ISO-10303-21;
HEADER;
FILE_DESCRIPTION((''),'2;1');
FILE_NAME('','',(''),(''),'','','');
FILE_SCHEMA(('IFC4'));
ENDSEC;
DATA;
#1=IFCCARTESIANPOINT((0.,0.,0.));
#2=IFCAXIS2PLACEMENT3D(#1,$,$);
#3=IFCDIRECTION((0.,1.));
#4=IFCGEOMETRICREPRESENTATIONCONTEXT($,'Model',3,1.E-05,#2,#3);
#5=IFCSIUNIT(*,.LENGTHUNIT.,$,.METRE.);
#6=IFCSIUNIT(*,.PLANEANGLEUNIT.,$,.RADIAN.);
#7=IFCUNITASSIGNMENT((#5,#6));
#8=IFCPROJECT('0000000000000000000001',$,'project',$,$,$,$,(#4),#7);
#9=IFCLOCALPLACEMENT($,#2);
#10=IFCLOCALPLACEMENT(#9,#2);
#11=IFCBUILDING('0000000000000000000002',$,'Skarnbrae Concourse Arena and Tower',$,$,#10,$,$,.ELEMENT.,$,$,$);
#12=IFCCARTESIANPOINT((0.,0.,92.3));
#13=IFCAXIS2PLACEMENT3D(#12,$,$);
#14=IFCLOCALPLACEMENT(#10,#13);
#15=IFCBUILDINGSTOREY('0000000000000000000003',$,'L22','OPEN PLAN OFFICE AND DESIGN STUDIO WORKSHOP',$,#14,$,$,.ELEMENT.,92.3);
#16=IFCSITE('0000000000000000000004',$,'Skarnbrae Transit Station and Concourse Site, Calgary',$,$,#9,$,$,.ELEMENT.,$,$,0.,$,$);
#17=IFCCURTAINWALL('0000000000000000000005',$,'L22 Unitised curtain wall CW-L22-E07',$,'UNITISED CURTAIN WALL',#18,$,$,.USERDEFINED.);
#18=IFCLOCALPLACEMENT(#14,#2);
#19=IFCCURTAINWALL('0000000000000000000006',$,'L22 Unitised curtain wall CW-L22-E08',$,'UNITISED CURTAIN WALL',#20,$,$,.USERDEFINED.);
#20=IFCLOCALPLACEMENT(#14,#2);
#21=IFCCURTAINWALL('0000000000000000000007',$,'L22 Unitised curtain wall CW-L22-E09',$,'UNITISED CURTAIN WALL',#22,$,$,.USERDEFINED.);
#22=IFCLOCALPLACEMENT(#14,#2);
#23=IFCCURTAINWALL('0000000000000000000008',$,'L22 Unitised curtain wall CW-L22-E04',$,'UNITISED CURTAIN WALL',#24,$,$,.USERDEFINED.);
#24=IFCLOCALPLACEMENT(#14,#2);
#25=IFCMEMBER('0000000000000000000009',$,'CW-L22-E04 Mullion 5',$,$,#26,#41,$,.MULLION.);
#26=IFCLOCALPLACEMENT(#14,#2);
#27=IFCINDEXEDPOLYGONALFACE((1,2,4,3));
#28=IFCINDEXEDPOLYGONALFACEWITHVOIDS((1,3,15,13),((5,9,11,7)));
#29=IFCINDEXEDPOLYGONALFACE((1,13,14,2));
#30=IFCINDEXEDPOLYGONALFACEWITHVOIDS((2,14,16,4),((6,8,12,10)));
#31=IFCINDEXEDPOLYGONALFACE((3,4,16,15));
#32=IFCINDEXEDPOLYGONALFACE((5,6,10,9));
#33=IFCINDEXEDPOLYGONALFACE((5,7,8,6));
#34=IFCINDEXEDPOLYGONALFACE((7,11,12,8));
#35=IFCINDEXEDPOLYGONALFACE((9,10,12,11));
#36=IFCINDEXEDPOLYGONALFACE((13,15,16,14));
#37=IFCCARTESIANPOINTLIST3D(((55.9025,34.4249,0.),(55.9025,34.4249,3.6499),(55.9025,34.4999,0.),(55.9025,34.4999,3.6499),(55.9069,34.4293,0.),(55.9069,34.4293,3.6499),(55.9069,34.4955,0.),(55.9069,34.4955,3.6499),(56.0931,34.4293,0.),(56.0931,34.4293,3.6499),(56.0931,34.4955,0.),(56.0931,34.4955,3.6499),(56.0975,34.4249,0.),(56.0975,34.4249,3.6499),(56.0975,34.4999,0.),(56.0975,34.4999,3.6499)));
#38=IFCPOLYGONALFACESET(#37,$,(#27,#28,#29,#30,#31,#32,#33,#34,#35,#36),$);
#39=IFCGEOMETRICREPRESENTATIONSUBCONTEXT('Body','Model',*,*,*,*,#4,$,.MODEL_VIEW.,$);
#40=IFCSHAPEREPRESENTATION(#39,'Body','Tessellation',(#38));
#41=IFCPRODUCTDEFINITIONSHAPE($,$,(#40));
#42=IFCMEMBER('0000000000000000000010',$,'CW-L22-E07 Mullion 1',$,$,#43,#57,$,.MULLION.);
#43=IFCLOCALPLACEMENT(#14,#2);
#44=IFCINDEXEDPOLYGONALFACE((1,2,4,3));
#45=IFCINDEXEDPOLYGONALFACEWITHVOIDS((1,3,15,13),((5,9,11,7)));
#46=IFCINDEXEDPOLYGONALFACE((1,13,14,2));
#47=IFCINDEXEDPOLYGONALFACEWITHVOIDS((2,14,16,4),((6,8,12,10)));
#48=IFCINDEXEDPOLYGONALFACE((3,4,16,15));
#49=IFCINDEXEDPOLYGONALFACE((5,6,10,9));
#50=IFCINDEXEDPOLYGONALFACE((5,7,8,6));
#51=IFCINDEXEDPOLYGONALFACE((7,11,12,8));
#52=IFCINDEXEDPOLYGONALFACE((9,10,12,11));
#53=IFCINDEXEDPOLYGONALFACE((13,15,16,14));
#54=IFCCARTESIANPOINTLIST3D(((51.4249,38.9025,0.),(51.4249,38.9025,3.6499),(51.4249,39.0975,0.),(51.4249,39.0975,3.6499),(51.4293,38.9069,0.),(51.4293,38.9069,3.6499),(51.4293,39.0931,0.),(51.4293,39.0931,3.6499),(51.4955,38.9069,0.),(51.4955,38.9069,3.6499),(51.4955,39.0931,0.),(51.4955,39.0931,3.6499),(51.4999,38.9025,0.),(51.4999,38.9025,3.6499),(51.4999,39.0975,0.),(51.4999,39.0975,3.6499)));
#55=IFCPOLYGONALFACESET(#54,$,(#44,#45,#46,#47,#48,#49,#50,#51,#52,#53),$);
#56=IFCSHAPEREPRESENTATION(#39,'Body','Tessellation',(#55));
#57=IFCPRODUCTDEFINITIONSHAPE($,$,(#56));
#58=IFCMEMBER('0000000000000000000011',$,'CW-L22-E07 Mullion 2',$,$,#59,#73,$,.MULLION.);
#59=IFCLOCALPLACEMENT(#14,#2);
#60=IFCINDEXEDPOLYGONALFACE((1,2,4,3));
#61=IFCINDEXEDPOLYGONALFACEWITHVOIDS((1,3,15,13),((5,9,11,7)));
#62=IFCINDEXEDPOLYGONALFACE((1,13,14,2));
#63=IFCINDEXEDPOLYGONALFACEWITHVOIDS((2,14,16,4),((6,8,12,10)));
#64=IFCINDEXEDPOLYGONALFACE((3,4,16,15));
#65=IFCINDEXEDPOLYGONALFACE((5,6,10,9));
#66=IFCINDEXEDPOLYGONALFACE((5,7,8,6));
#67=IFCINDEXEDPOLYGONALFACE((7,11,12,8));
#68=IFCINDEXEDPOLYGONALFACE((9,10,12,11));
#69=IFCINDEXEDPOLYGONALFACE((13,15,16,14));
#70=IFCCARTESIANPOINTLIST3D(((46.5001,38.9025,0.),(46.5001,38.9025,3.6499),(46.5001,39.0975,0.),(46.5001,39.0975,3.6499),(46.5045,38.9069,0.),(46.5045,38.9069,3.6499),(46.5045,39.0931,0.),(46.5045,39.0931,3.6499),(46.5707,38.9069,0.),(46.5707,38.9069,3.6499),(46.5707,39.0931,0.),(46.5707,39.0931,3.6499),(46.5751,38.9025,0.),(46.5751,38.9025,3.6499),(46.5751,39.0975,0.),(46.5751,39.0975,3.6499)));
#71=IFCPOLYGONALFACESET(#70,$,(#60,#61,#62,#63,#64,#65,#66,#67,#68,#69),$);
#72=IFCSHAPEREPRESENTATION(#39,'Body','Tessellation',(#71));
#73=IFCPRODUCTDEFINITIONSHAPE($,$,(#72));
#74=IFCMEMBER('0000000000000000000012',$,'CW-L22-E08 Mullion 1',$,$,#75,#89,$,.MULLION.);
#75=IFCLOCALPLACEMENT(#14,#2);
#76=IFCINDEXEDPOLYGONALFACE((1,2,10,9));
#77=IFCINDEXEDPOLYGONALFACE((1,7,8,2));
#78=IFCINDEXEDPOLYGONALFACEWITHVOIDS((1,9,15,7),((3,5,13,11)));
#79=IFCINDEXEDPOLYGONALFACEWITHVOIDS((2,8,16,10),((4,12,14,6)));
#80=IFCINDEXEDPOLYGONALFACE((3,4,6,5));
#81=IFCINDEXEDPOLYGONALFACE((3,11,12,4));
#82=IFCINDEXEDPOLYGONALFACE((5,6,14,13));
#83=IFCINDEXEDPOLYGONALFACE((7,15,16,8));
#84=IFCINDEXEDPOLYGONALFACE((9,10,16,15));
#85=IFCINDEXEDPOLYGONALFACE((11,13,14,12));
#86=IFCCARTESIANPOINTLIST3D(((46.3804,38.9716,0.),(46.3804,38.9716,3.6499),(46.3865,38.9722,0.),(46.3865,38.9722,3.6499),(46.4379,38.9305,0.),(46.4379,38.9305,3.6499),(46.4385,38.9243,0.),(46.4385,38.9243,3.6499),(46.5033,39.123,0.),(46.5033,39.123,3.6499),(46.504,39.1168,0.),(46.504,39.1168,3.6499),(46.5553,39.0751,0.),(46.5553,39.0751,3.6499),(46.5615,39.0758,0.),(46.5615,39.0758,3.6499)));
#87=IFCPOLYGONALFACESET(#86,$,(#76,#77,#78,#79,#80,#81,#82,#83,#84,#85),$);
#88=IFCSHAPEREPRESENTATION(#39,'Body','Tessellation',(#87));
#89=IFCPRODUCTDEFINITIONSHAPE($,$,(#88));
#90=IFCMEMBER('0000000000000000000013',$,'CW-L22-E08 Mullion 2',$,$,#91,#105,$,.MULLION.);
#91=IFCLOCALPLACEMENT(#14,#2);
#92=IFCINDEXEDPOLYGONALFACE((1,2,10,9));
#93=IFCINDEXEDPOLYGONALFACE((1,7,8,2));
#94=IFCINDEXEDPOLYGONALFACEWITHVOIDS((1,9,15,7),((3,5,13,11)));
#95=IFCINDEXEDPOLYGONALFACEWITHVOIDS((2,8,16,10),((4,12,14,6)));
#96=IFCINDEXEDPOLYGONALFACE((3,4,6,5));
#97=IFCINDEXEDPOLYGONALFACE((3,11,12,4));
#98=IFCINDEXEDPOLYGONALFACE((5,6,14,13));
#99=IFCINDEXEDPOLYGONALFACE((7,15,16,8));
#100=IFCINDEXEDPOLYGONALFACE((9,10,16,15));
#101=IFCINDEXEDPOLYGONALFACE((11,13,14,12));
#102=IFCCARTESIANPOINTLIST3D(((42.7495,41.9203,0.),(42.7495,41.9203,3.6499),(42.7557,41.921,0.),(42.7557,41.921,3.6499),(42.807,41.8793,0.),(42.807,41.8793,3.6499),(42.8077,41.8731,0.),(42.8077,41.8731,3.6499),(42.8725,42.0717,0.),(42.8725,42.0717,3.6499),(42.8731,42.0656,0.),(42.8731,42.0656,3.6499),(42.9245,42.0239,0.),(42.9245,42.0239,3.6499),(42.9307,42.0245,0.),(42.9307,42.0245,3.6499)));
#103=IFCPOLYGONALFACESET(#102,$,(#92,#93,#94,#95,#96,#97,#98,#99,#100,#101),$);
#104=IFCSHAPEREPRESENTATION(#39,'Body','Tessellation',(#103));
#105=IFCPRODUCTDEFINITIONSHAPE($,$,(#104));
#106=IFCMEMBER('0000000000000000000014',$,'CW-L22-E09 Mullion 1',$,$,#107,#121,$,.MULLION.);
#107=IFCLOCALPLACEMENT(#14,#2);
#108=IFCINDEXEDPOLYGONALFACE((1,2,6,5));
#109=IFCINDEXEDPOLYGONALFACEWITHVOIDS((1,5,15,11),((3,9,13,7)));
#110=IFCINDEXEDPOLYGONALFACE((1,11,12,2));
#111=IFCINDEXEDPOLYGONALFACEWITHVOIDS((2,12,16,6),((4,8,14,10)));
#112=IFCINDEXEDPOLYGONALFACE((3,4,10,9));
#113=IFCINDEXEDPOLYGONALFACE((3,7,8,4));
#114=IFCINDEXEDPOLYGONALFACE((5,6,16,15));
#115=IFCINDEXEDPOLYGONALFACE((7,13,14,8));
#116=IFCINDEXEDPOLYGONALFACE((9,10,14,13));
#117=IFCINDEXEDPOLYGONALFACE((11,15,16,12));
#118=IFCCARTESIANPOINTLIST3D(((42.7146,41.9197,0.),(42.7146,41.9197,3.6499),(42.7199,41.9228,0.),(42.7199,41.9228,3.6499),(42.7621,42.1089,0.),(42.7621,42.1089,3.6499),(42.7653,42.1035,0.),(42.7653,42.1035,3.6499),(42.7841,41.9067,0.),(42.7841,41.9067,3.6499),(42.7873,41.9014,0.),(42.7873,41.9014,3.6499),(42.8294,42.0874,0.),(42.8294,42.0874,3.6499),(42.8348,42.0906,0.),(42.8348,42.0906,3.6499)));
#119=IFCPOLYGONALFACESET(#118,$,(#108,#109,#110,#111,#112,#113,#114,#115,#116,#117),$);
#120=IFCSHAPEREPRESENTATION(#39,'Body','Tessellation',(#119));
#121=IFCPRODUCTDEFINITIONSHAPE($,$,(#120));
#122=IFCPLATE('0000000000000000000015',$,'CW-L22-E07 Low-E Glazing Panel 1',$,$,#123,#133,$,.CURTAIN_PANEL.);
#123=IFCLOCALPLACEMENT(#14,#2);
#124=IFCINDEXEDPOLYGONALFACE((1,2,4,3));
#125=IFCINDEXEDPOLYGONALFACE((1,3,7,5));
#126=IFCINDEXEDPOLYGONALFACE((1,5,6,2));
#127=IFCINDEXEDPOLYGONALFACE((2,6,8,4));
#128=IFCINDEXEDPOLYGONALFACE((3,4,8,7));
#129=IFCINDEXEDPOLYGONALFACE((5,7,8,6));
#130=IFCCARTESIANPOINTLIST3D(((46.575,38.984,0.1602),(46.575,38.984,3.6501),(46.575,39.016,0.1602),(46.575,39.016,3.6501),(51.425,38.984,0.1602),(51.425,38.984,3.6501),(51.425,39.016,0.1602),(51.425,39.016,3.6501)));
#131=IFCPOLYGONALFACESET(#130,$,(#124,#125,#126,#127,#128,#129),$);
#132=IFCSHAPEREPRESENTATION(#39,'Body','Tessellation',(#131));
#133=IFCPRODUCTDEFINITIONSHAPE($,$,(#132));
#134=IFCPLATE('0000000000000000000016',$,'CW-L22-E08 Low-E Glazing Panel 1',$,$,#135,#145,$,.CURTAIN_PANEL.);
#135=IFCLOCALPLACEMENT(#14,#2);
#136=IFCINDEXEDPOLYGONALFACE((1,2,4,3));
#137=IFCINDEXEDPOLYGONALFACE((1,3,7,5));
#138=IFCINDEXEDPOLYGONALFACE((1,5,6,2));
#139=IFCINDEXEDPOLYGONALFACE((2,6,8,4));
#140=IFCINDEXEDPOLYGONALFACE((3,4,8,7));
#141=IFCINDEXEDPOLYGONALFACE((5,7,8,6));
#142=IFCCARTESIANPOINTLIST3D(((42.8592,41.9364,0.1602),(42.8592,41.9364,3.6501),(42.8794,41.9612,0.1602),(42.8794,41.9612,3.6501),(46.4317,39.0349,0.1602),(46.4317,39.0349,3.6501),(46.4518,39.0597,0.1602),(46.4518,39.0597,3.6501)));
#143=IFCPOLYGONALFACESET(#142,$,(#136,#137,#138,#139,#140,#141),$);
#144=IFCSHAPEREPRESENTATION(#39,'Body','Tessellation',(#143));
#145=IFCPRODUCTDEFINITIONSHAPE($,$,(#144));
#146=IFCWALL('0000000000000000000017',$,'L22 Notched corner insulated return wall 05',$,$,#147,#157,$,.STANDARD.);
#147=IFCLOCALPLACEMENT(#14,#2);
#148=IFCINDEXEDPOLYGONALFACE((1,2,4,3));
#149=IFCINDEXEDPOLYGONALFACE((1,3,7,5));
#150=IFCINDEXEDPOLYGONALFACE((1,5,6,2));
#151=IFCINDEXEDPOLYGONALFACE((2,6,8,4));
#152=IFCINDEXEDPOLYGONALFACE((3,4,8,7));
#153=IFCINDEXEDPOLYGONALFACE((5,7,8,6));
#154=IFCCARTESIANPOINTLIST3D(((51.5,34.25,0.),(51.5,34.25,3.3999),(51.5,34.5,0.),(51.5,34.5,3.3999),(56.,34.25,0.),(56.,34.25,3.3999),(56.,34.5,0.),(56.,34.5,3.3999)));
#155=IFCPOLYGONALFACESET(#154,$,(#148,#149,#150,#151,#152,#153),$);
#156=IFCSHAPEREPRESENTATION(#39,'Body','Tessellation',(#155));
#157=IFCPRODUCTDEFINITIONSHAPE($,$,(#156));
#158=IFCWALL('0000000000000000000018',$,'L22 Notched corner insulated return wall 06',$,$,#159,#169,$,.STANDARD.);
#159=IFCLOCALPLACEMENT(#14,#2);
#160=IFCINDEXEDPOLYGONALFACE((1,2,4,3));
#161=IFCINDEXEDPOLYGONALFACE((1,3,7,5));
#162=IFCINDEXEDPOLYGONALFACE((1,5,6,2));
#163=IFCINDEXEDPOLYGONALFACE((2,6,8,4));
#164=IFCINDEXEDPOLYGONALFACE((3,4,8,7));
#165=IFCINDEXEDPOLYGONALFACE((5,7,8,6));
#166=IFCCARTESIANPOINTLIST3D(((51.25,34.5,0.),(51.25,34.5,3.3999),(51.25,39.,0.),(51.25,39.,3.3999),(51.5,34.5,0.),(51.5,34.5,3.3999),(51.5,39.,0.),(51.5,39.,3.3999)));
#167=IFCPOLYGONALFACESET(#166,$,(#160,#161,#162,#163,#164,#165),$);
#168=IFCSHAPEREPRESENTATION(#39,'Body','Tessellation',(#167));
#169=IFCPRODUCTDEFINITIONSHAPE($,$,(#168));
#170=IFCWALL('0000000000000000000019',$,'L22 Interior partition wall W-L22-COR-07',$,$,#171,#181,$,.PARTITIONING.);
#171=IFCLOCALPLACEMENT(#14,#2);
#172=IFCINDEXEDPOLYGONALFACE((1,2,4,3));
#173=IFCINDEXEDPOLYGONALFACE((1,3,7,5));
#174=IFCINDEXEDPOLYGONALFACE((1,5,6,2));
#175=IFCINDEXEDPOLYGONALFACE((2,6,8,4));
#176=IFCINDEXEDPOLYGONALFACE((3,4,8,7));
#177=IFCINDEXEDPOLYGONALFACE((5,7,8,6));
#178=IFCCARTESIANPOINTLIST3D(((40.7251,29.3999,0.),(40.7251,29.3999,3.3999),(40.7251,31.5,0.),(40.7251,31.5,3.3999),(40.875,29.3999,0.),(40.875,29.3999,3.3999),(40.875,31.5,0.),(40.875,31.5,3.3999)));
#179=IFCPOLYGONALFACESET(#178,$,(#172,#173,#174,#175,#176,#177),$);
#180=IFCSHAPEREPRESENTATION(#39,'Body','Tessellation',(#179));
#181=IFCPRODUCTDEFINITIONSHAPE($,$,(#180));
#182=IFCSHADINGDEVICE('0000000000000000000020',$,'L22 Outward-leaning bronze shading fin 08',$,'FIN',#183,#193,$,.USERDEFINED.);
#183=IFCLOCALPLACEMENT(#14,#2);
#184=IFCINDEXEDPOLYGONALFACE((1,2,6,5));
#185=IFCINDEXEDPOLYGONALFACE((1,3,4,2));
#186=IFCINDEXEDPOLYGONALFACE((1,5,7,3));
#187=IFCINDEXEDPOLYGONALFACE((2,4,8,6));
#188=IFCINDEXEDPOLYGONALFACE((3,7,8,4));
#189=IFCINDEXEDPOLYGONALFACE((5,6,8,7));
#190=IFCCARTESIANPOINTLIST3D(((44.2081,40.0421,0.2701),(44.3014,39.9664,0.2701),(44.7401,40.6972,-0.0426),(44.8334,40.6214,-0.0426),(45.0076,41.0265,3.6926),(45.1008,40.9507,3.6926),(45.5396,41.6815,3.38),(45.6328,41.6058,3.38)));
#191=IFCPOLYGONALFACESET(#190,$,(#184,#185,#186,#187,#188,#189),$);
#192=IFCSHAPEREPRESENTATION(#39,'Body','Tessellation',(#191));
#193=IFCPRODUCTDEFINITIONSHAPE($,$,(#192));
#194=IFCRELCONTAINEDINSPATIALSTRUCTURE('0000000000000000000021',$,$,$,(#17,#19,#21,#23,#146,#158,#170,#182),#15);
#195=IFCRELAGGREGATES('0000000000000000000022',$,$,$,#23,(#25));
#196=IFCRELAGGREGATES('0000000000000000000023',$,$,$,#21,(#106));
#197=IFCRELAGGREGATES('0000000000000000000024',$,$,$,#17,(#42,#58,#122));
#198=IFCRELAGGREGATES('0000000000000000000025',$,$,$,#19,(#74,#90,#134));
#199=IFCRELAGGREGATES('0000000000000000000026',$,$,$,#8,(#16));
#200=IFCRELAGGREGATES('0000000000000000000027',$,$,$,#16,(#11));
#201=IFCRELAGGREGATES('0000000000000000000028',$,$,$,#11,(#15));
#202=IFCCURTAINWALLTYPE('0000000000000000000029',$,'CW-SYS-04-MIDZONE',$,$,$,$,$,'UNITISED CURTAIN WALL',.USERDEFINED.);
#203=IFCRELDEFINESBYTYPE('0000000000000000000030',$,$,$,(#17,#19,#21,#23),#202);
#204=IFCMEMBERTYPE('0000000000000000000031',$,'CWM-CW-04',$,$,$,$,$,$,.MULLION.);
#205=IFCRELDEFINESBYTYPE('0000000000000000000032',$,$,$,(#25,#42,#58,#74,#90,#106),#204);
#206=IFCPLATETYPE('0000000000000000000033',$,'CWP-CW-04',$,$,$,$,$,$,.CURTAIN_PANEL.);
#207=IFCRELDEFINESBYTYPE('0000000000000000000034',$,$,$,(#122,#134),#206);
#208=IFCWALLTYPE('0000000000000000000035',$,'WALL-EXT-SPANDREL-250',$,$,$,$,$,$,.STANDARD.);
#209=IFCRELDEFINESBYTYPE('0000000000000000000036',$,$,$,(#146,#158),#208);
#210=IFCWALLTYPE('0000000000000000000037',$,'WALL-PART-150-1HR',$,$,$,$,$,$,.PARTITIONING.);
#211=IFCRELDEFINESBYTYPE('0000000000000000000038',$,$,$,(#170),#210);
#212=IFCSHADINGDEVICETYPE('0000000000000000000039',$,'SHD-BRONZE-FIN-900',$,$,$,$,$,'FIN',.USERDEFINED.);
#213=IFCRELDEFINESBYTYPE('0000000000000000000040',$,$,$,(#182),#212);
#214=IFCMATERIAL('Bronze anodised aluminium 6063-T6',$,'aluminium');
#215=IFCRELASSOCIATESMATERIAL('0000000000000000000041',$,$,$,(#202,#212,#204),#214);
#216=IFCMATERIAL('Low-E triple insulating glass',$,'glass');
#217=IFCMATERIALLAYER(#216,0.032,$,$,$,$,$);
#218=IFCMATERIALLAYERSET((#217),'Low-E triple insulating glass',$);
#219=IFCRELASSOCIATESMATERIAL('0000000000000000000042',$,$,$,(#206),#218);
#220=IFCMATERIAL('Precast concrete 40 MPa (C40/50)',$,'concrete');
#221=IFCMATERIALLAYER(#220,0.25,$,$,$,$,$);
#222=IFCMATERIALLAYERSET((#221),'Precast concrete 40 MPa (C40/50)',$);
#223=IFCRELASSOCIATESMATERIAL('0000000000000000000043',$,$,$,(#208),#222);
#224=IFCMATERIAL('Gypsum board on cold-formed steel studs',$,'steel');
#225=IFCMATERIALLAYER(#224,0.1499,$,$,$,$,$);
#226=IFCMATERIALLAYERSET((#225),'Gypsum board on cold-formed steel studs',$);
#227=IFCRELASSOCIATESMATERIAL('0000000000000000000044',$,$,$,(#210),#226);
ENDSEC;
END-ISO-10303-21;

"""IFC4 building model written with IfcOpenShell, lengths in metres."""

from ifc_helpers import new_model, si_unit, direction, frame, frame_2d, origin, origin_2d, place, context, subcontext, project, spatial, rectangle, hollow_rectangle, extrude, source, transform, mapped, material, layer, layer_set, material_profile, profile_set, type_object, element, aggregate, save


model = new_model("IFC4")

# Units and contexts
model_context = context("Model", 3, precision=1e-05, world=origin(), true_north=direction((0.0, 1.0)))
body_context = subcontext(model_context, "Body", "Model", "MODEL_VIEW")
ifc_project = project(units=[si_unit("LENGTHUNIT", "METRE"), si_unit("PLANEANGLEUNIT", "RADIAN")], contexts=[model_context])

# Site, building, storey
site_placement = place(None, origin())
site = spatial("IfcSite", under=ifc_project, at=site_placement, Name="Skarnbrae Transit Station and Concourse Site, Calgary", CompositionType="ELEMENT", RefElevation=0.0)
building_placement = place(site_placement, origin())
building = spatial("IfcBuilding", under=site, at=building_placement, Name="Skarnbrae Concourse Arena and Tower", CompositionType="ELEMENT")
storey_placement = place(building_placement, frame((0.0, 0.0, 92.3)))
storey = spatial("IfcBuildingStorey", under=building, at=storey_placement, Name="L22", Description="OPEN PLAN OFFICE AND DESIGN STUDIO WORKSHOP", CompositionType="ELEMENT", Elevation=92.3)

# Curtain walls, member
ifc_material_1 = material(Name="Bronze anodised aluminium 6063-T6", Category="aluminium")
curtain_wall_type = type_object("IfcCurtainWallType", Name="CW-SYS-04-MIDZONE", ElementType="UNITISED CURTAIN WALL", PredefinedType="USERDEFINED", material=ifc_material_1)
curtain_wall_1_placement = place(storey_placement, origin())
curtain_wall_1 = element("IfcCurtainWall", 1, at=curtain_wall_1_placement, inside=storey, type_object=curtain_wall_type, Name="L22 Unitised curtain wall CW-L22-E07", ObjectType="UNITISED CURTAIN WALL", PredefinedType="USERDEFINED")
curtain_wall_2_placement = place(storey_placement, origin())
curtain_wall_2 = element("IfcCurtainWall", 2, at=curtain_wall_2_placement, inside=storey, type_object=curtain_wall_type, Name="L22 Unitised curtain wall CW-L22-E08", ObjectType="UNITISED CURTAIN WALL", PredefinedType="USERDEFINED")
curtain_wall_3_placement = place(storey_placement, origin())
curtain_wall_3 = element("IfcCurtainWall", 3, at=curtain_wall_3_placement, inside=storey, type_object=curtain_wall_type, Name="L22 Unitised curtain wall CW-L22-E09", ObjectType="UNITISED CURTAIN WALL", PredefinedType="USERDEFINED")
curtain_wall_4_placement = place(storey_placement, origin())
curtain_wall_4 = element("IfcCurtainWall", 4, at=curtain_wall_4_placement, inside=storey, type_object=curtain_wall_type, Name="L22 Unitised curtain wall CW-L22-E04", ObjectType="UNITISED CURTAIN WALL", PredefinedType="USERDEFINED")
ifc_material_profile_1 = material_profile(ifc_material_1, hollow_rectangle(XDim=0.075, YDim=0.1951, WallThickness=0.0044, at=origin_2d()), Name="ALU-MULL-75X195")
ifc_profile_set_1 = profile_set([ifc_material_profile_1], Name="Bronze anodised aluminium 6063-T6")
member_type_1 = type_object("IfcMemberType", Name="CWM-CW-04", PredefinedType="MULLION", material=ifc_profile_set_1)
shared_shape_1 = source(origin(), body_context, "Body", "SweptSolid", [
    extrude(hollow_rectangle(XDim=0.075, YDim=0.1951, WallThickness=0.0044, at=origin_2d()), origin(), (0.0, 0.0, 1.0), 3.6499),
])
member_1_placement = place(storey_placement, frame((56.0, 34.4624, 0.0), z_axis=(0.0, 0.0, 1.0), x_axis=(0.0, 1.0, 0.0)))
member_1 = element("IfcMember", 5, at=member_1_placement, type_object=member_type_1, Name="CW-L22-E04 Mullion 5", PredefinedType="MULLION", context=body_context, shape_type="MappedRepresentation", body=[
    mapped(shared_shape_1, transform((0.0, 0.0, 0.0))),
])
aggregate(curtain_wall_4, [member_1])

# Members
member_2_placement = place(storey_placement, frame((51.4624, 39.0, 0.0), z_axis=(0.0, 0.0, 1.0), x_axis=(-1.0, 0.0, 0.0)))
member_2 = element("IfcMember", 6, at=member_2_placement, type_object=member_type_1, Name="CW-L22-E07 Mullion 1", PredefinedType="MULLION", context=body_context, shape_type="MappedRepresentation", body=[
    mapped(shared_shape_1, transform((0.0, 0.0, 0.0))),
])
member_3_placement = place(storey_placement, frame((46.5376, 39.0, 0.0), z_axis=(0.0, 0.0, 1.0), x_axis=(-1.0, 0.0, 0.0)))
member_3 = element("IfcMember", 7, at=member_3_placement, type_object=member_type_1, Name="CW-L22-E07 Mullion 2", PredefinedType="MULLION", context=body_context, shape_type="MappedRepresentation", body=[
    mapped(shared_shape_1, transform((0.0, 0.0, 0.0))),
])
member_4_placement = place(storey_placement, frame((46.4709, 39.0237, 0.0), z_axis=(0.0, 0.0, 1.0), x_axis=(-0.776241, 0.630436, 0.0)))
member_4 = element("IfcMember", 8, at=member_4_placement, type_object=member_type_1, Name="CW-L22-E08 Mullion 1", PredefinedType="MULLION", context=body_context, shape_type="MappedRepresentation", body=[
    mapped(shared_shape_1, transform((0.0, 0.0, 0.0))),
])
member_5_placement = place(storey_placement, frame((42.8401, 41.9724, 0.0), z_axis=(0.0, 0.0, 1.0), x_axis=(-0.776241, 0.630436, 0.0)))
member_5 = element("IfcMember", 9, at=member_5_placement, type_object=member_type_1, Name="CW-L22-E08 Mullion 2", PredefinedType="MULLION", context=body_context, shape_type="MappedRepresentation", body=[
    mapped(shared_shape_1, transform((0.0, 0.0, 0.0))),
])
member_6_placement = place(storey_placement, frame((42.7747, 42.0051, 0.0), z_axis=(0.0, 0.0, 1.0), x_axis=(-0.969903, 0.243491, 0.0)))
member_6 = element("IfcMember", 10, at=member_6_placement, type_object=member_type_1, Name="CW-L22-E09 Mullion 1", PredefinedType="MULLION", context=body_context, shape_type="MappedRepresentation", body=[
    mapped(shared_shape_1, transform((0.0, 0.0, 0.0))),
])
aggregate(curtain_wall_3, [member_6])

# Plates
ifc_material_2 = material(Name="Low-E triple insulating glass", Category="glass")
ifc_layer_1 = layer(ifc_material_2, 0.032)
ifc_layer_set_1 = layer_set([ifc_layer_1], Name="Low-E triple insulating glass")
plate_type = type_object("IfcPlateType", Name="CWP-CW-04", PredefinedType="CURTAIN_PANEL", material=ifc_layer_set_1)
shared_shape_2 = source(origin(), body_context, "Body", "SweptSolid", [
    extrude(rectangle(XDim=4.8501, YDim=0.032, at=origin_2d()), origin(), (0.0, 0.0, 1.0), 3.49),
])
plate_1_placement = place(storey_placement, frame((49.0, 39.0, 0.1602), z_axis=(0.0, 0.0, 1.0), x_axis=(-1.0, 0.0, 0.0)))
plate_1 = element("IfcPlate", 11, at=plate_1_placement, type_object=plate_type, Name="CW-L22-E07 Low-E Glazing Panel 1", PredefinedType="CURTAIN_PANEL", context=body_context, shape_type="MappedRepresentation", body=[
    mapped(shared_shape_2, transform((0.0, 0.0, 0.0))),
])
aggregate(curtain_wall_1, [member_2, member_3, plate_1])
shared_shape_3 = source(origin(), body_context, "Body", "SweptSolid", [
    extrude(rectangle(XDim=4.6023, YDim=0.032, at=origin_2d()), origin(), (0.0, 0.0, 1.0), 3.49),
])
plate_2_placement = place(storey_placement, frame((44.6555, 40.498, 0.1602), z_axis=(0.0, 0.0, 1.0), x_axis=(-0.776241, 0.630436, 0.0)))
plate_2 = element("IfcPlate", 12, at=plate_2_placement, type_object=plate_type, Name="CW-L22-E08 Low-E Glazing Panel 1", PredefinedType="CURTAIN_PANEL", context=body_context, shape_type="MappedRepresentation", body=[
    mapped(shared_shape_3, transform((0.0, 0.0, 0.0))),
])
aggregate(curtain_wall_2, [member_4, member_5, plate_2])

# Walls
ifc_material_3 = material(Name="Precast concrete 40 MPa (C40/50)", Category="concrete")
ifc_layer_2 = layer(ifc_material_3, 0.25)
ifc_layer_set_2 = layer_set([ifc_layer_2], Name="Precast concrete 40 MPa (C40/50)")
wall_type_1 = type_object("IfcWallType", Name="WALL-EXT-SPANDREL-250", PredefinedType="STANDARD", material=ifc_layer_set_2)
shared_shape_4 = source(origin(), body_context, "Body", "SweptSolid", [
    extrude(rectangle(XDim=4.5, YDim=0.25, at=frame_2d((2.25, 0.0))), origin(), (0.0, 0.0, 1.0), 3.3999),
])
for number, where, z_axis, x_axis, name in (
    (13, (56.0, 34.375, 0.0), (0.0, 0.0, 1.0), (-1.0, 0.0, 0.0), "L22 Notched corner insulated return wall 05"),
    (14, (51.375, 34.5, 0.0), (0.0, 0.0, 1.0), (0.0, 1.0, 0.0), "L22 Notched corner insulated return wall 06"),
):
    element("IfcWall", number, at=place(storey_placement, frame(where, z_axis=z_axis, x_axis=x_axis)), inside=storey, type_object=wall_type_1, Name=name, PredefinedType="STANDARD", context=body_context, shape_type="MappedRepresentation", body=[
        mapped(shared_shape_4, transform((0.0, 0.0, 0.0))),
    ])
ifc_material_4 = material(Name="Gypsum board on cold-formed steel studs", Category="steel")
ifc_layer_3 = layer(ifc_material_4, 0.1499)
ifc_layer_set_3 = layer_set([ifc_layer_3], Name="Gypsum board on cold-formed steel studs")
wall_type_2 = type_object("IfcWallType", Name="WALL-PART-150-1HR", PredefinedType="PARTITIONING", material=ifc_layer_set_3)
shared_shape_5 = source(origin(), body_context, "Body", "SweptSolid", [
    extrude(rectangle(XDim=2.1001, YDim=0.1499, at=frame_2d((1.05, 0.0))), origin(), (0.0, 0.0, 1.0), 3.3999),
])
wall_placement = place(storey_placement, frame((40.8, 31.5, 0.0), z_axis=(0.0, 0.0, 1.0), x_axis=(0.0, -1.0, 0.0)))
element("IfcWall", 15, at=wall_placement, inside=storey, type_object=wall_type_2, Name="L22 Interior partition wall W-L22-COR-07", PredefinedType="PARTITIONING", context=body_context, shape_type="MappedRepresentation", body=[
    mapped(shared_shape_5, transform((0.0, 0.0, 0.0))),
])

# Shading device
shading_device_type = type_object("IfcShadingDeviceType", Name="SHD-BRONZE-FIN-900", ElementType="FIN", PredefinedType="USERDEFINED", material=ifc_material_1)
shared_shape_6 = source(origin(), body_context, "Body", "SweptSolid", [
    extrude(rectangle(XDim=0.1201, YDim=0.8999, at=origin_2d()), origin(), (0.0, 0.0, 1.0), 3.6499),
])
shading_device_placement = place(storey_placement, frame((44.5208, 40.3318, 0.1138), z_axis=(0.219029, 0.269688, 0.937707), x_axis=(0.776245, -0.630432, 0.0)))
element("IfcShadingDevice", 16, at=shading_device_placement, inside=storey, type_object=shading_device_type, Name="L22 Outward-leaning bronze shading fin 08", ObjectType="FIN", PredefinedType="USERDEFINED", context=body_context, shape_type="MappedRepresentation", body=[
    mapped(shared_shape_6, transform((0.0, 0.0, 0.0))),
])

save(model, "model.ifc")
